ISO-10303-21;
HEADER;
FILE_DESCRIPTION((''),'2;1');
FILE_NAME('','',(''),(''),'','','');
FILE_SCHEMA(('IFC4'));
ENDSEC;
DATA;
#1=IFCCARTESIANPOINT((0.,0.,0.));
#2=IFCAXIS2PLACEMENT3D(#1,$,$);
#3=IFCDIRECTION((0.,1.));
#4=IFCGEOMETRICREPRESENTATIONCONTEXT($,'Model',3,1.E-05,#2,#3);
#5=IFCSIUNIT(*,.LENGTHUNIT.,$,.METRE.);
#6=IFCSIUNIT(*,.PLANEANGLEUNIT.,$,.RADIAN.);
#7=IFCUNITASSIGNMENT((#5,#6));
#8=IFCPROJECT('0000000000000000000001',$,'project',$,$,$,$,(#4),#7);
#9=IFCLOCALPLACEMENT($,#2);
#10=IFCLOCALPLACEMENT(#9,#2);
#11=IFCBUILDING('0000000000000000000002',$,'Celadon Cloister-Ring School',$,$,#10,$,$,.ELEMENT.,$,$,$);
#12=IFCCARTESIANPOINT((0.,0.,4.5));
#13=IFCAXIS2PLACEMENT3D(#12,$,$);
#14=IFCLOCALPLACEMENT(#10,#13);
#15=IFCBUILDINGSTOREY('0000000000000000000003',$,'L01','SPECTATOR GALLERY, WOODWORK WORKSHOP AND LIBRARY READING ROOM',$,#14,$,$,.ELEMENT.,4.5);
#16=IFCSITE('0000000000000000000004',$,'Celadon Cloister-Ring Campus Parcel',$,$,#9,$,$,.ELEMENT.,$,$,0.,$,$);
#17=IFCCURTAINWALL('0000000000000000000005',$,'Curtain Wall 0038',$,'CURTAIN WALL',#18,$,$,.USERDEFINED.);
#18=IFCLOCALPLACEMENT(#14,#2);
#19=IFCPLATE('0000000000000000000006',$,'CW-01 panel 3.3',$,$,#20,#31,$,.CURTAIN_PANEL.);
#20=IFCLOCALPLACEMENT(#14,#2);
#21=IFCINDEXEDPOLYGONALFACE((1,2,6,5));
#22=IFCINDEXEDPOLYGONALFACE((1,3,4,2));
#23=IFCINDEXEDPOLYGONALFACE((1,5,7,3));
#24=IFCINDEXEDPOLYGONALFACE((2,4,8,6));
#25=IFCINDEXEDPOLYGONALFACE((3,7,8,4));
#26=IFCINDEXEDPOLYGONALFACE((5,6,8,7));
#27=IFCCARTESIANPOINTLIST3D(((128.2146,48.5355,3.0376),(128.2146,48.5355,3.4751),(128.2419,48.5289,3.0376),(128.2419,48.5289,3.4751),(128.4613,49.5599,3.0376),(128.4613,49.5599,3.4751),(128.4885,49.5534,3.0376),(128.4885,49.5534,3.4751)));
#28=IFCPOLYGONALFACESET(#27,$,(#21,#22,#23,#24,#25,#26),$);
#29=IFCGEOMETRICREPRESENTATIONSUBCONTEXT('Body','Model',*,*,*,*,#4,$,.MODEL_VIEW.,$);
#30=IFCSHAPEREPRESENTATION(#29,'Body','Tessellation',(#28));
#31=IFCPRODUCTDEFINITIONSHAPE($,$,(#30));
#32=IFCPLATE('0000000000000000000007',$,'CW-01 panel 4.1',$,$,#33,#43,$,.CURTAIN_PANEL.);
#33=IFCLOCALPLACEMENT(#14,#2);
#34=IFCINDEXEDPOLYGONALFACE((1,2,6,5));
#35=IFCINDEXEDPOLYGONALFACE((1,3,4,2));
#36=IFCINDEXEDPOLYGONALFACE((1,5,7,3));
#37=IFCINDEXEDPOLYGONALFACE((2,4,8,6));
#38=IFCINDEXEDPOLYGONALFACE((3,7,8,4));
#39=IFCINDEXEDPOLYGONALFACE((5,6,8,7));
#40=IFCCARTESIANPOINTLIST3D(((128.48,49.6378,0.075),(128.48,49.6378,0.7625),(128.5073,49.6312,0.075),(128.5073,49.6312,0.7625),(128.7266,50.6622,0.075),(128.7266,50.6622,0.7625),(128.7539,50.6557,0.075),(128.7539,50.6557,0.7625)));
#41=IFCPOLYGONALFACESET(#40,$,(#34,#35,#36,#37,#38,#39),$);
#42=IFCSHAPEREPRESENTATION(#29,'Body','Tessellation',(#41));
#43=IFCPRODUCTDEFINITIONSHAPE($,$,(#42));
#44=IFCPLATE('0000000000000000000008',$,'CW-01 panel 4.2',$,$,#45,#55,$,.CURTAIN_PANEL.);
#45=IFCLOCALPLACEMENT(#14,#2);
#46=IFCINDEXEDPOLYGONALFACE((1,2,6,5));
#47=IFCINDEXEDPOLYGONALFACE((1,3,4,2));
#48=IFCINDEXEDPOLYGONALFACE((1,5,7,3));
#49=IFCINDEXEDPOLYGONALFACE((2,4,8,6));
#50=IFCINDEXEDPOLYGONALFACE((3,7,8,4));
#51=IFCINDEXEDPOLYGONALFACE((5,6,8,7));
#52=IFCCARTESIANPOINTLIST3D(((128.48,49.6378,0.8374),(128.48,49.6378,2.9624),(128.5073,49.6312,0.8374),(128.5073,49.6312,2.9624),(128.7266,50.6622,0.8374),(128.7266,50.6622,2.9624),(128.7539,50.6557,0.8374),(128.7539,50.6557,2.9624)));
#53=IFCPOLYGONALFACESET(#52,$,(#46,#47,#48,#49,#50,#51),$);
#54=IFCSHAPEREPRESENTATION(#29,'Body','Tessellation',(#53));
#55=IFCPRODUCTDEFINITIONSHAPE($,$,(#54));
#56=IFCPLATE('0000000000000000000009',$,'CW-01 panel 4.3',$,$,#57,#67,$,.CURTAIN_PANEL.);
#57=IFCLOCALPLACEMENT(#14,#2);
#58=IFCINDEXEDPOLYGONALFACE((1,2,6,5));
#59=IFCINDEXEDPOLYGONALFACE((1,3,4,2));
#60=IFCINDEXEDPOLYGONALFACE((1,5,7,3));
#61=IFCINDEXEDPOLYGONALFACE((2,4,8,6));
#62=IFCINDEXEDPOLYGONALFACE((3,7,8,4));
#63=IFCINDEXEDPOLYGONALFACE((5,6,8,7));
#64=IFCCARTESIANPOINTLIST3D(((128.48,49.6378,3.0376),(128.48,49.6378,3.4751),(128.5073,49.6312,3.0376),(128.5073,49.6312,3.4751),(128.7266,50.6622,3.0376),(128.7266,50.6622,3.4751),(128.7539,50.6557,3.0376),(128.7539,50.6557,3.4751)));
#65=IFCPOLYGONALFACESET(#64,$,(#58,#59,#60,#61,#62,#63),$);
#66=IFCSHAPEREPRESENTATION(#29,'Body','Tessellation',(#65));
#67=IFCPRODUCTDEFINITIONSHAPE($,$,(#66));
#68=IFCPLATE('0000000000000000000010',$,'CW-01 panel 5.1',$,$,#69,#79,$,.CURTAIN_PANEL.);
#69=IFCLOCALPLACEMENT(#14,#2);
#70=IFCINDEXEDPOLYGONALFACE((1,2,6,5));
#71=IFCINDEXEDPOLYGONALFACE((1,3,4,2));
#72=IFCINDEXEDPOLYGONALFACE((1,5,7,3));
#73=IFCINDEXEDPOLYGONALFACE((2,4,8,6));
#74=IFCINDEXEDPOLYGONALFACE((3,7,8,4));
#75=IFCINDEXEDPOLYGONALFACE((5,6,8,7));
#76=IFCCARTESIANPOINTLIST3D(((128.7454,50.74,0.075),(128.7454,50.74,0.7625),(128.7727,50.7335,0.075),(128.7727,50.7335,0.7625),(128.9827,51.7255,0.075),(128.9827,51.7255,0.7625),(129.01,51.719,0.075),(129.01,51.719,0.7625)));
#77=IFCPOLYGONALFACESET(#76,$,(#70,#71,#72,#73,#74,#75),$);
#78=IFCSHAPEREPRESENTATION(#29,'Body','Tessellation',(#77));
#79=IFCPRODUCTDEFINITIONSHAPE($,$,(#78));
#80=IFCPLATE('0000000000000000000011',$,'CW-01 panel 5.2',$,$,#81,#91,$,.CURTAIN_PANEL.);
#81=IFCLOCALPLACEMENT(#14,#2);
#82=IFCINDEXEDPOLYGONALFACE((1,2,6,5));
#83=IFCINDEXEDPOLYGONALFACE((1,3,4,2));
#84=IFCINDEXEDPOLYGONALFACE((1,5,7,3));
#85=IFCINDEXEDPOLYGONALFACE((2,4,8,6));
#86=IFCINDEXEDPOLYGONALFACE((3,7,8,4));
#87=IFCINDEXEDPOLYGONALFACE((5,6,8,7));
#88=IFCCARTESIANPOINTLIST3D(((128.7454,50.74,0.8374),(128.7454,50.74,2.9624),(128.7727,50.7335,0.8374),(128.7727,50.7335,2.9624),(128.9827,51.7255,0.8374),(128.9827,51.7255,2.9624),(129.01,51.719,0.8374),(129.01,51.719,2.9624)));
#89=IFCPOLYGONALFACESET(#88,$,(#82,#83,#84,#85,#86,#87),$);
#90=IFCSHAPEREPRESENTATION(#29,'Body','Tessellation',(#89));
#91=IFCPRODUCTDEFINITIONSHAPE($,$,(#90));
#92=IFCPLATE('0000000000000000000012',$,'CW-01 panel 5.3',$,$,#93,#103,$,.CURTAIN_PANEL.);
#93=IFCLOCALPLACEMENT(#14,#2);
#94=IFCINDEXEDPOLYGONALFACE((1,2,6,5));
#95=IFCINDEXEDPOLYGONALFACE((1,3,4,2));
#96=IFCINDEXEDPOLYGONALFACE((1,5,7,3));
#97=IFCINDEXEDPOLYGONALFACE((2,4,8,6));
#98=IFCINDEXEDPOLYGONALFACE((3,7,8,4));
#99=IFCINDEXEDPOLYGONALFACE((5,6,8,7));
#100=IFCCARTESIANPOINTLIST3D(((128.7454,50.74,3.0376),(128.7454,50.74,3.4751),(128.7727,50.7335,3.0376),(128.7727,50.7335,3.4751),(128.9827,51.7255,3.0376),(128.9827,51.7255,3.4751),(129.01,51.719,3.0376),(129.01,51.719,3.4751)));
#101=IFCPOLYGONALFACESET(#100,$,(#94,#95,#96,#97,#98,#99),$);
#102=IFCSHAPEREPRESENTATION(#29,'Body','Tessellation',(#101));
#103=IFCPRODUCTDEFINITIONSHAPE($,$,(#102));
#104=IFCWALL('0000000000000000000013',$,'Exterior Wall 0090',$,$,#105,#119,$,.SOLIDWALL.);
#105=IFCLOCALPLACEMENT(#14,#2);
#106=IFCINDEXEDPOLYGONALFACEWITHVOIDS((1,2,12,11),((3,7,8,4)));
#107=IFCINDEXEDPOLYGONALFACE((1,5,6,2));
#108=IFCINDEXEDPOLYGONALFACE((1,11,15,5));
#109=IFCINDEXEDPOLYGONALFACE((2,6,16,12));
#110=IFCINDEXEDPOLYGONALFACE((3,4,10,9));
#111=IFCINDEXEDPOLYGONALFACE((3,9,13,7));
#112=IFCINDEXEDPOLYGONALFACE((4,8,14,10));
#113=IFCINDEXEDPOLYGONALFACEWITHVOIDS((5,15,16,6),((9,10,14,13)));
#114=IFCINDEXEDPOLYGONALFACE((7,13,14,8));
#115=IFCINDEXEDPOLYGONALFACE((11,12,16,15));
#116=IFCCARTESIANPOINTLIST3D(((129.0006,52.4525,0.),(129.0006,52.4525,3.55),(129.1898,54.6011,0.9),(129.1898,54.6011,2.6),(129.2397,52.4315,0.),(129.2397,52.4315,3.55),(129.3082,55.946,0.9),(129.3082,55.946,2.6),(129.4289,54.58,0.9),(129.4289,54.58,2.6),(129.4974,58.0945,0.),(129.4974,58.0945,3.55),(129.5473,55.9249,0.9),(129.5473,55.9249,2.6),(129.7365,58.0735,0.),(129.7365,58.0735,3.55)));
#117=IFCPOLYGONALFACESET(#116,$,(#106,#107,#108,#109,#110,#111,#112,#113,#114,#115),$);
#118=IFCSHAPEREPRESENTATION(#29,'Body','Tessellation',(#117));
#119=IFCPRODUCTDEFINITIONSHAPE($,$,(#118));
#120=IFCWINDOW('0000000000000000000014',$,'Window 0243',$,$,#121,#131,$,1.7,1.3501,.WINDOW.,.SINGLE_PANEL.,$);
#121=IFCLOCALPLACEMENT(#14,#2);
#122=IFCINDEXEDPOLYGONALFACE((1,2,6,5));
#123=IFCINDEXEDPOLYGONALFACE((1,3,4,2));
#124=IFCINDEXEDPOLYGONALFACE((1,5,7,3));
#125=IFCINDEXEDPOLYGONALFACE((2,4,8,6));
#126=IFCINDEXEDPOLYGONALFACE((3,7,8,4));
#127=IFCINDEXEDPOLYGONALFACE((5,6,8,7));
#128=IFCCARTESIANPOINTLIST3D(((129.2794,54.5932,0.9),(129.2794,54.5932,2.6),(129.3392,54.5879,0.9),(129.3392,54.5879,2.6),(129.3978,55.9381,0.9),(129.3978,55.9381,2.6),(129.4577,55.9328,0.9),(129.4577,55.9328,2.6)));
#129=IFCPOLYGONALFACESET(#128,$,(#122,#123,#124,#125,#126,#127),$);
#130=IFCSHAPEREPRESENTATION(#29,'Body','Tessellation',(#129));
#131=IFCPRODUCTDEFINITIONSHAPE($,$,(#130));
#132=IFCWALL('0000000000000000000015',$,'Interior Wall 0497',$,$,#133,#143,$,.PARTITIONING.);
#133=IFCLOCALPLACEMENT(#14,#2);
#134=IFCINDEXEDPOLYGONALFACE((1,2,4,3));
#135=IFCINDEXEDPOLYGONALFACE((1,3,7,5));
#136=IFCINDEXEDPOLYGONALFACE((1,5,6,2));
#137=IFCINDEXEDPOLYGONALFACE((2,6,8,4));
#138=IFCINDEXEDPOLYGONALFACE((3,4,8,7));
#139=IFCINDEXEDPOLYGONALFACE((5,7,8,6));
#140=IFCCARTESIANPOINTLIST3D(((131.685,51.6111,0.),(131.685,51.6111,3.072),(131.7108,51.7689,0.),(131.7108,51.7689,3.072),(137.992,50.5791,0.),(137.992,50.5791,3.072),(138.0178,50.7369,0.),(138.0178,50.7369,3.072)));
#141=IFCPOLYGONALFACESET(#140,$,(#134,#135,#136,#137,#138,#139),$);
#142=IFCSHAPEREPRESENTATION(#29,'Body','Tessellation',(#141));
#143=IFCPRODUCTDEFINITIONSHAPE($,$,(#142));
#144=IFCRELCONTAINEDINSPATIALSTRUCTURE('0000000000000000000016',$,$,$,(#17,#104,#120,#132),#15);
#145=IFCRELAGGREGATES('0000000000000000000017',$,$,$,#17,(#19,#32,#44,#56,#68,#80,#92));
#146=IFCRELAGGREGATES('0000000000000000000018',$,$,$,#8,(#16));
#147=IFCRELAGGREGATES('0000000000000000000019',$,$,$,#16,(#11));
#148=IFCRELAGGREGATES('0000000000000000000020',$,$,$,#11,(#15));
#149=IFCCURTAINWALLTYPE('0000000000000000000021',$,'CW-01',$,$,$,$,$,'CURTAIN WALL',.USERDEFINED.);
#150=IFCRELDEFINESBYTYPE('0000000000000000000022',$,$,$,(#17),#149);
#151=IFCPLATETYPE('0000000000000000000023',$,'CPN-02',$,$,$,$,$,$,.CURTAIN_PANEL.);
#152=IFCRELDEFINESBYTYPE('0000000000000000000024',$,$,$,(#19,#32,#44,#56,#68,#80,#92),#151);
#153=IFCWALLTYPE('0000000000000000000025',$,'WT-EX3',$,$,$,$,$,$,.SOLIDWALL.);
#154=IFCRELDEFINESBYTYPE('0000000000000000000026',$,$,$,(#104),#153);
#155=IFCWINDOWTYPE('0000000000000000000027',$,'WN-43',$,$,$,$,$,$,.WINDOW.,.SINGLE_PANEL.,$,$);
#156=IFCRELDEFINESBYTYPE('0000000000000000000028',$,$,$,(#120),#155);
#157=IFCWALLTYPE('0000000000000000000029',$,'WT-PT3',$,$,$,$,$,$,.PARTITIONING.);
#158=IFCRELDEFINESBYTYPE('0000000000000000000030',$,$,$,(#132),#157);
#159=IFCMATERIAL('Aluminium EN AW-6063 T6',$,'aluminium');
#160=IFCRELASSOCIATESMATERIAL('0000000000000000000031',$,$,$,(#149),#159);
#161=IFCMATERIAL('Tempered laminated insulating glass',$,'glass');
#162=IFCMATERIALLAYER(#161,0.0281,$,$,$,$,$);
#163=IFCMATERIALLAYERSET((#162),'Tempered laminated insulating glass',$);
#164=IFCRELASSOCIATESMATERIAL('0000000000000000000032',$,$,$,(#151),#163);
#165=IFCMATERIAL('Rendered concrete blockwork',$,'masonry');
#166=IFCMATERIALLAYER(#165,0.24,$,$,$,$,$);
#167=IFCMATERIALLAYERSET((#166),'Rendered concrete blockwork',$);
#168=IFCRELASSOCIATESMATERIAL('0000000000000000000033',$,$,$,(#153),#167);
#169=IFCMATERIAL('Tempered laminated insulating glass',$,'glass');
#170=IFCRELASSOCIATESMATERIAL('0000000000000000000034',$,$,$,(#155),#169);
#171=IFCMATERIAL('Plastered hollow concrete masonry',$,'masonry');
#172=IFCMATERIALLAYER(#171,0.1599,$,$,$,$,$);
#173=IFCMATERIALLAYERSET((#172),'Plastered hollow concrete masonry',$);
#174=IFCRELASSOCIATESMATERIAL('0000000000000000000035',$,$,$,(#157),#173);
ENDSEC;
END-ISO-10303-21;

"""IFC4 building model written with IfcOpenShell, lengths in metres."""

from ifc_helpers import new_model, si_unit, direction, frame, frame_2d, origin, origin_2d, place, context, subcontext, project, spatial, rectangle, extrude, material, layer, layer_set, type_object, element, fill, aggregate, save


model = new_model("IFC4")

# Units and contexts
model_context = context("Model", 3, precision=1e-05, world=origin(), true_north=direction((0.0, 1.0)))
body_context = subcontext(model_context, "Body", "Model", "MODEL_VIEW")
ifc_project = project(units=[si_unit("LENGTHUNIT", "METRE"), si_unit("PLANEANGLEUNIT", "RADIAN")], contexts=[model_context])

# Site, building, storey
site_placement = place(None, origin())
site = spatial("IfcSite", under=ifc_project, at=site_placement, Name="Celadon Cloister-Ring Campus Parcel", CompositionType="ELEMENT", RefElevation=0.0)
building_placement = place(site_placement, origin())
building = spatial("IfcBuilding", under=site, at=building_placement, Name="Celadon Cloister-Ring School", CompositionType="ELEMENT")
storey_placement = place(building_placement, frame((0.0, 0.0, 4.5)))
storey = spatial("IfcBuildingStorey", under=building, at=storey_placement, Name="L01", Description="SPECTATOR GALLERY, WOODWORK WORKSHOP AND LIBRARY READING ROOM", CompositionType="ELEMENT", Elevation=4.5)

# Curtain wall
ifc_material_1 = material(Name="Aluminium EN AW-6063 T6", Category="aluminium")
curtain_wall_type = type_object("IfcCurtainWallType", Name="CW-01", ElementType="CURTAIN WALL", PredefinedType="USERDEFINED", material=ifc_material_1)
curtain_wall_placement = place(storey_placement, origin())
curtain_wall = element("IfcCurtainWall", 1, at=curtain_wall_placement, inside=storey, type_object=curtain_wall_type, Name="Curtain Wall 0038", ObjectType="CURTAIN WALL", PredefinedType="USERDEFINED")

# Plates
ifc_material_2 = material(Name="Tempered laminated insulating glass", Category="glass")
ifc_layer_1 = layer(ifc_material_2, 0.0281)
ifc_layer_set_1 = layer_set([ifc_layer_1], Name="Tempered laminated insulating glass")
plate_type = type_object("IfcPlateType", Name="CPN-02", PredefinedType="CURTAIN_PANEL", material=ifc_layer_set_1)
plate_1_placement = place(storey_placement, frame((128.3516, 49.0444, 3.0376), z_axis=(0.0, 0.0, 1.0), x_axis=(0.2341, 0.972212, 0.0)))
plate_1 = element("IfcPlate", 2, at=plate_1_placement, type_object=plate_type, Name="CW-01 panel 3.3", PredefinedType="CURTAIN_PANEL", context=body_context, shape_type="SweptSolid", body=[
    extrude(rectangle(XDim=1.0537, YDim=0.0281, at=origin_2d()), origin(), (0.0, 0.0, 1.0), 0.4375),
])
plate_2_placement = place(storey_placement, frame((128.6169, 50.1467, 0.075), z_axis=(0.0, 0.0, 1.0), x_axis=(0.2341, 0.972212, 0.0)))
plate_2 = element("IfcPlate", 3, at=plate_2_placement, type_object=plate_type, Name="CW-01 panel 4.1", PredefinedType="CURTAIN_PANEL", context=body_context, shape_type="SweptSolid", body=[
    extrude(rectangle(XDim=1.0537, YDim=0.0281, at=origin_2d()), origin(), (0.0, 0.0, 1.0), 0.6875),
])
plate_3_placement = place(storey_placement, frame((128.6169, 50.1467, 0.8374), z_axis=(0.0, 0.0, 1.0), x_axis=(0.2341, 0.972212, 0.0)))
plate_3 = element("IfcPlate", 4, at=plate_3_placement, type_object=plate_type, Name="CW-01 panel 4.2", PredefinedType="CURTAIN_PANEL", context=body_context, shape_type="SweptSolid", body=[
    extrude(rectangle(XDim=1.0537, YDim=0.0281, at=origin_2d()), origin(), (0.0, 0.0, 1.0), 2.125),
])
plate_4_placement = place(storey_placement, frame((128.6169, 50.1467, 3.0376), z_axis=(0.0, 0.0, 1.0), x_axis=(0.2341, 0.972212, 0.0)))
plate_4 = element("IfcPlate", 5, at=plate_4_placement, type_object=plate_type, Name="CW-01 panel 4.3", PredefinedType="CURTAIN_PANEL", context=body_context, shape_type="SweptSolid", body=[
    extrude(rectangle(XDim=1.0537, YDim=0.0281, at=origin_2d()), origin(), (0.0, 0.0, 1.0), 0.4375),
])
plate_5_placement = place(storey_placement, frame((128.8777, 51.2295, 0.075), z_axis=(0.0, 0.0, 1.0), x_axis=(0.2341, 0.972212, 0.0)))
plate_5 = element("IfcPlate", 6, at=plate_5_placement, type_object=plate_type, Name="CW-01 panel 5.1", PredefinedType="CURTAIN_PANEL", context=body_context, shape_type="SweptSolid", body=[
    extrude(rectangle(XDim=1.0137, YDim=0.0281, at=origin_2d()), origin(), (0.0, 0.0, 1.0), 0.6875),
])
plate_6_placement = place(storey_placement, frame((128.8777, 51.2295, 0.8374), z_axis=(0.0, 0.0, 1.0), x_axis=(0.2341, 0.972212, 0.0)))
plate_6 = element("IfcPlate", 7, at=plate_6_placement, type_object=plate_type, Name="CW-01 panel 5.2", PredefinedType="CURTAIN_PANEL", context=body_context, shape_type="SweptSolid", body=[
    extrude(rectangle(XDim=1.0137, YDim=0.0281, at=origin_2d()), origin(), (0.0, 0.0, 1.0), 2.125),
])
plate_7_placement = place(storey_placement, frame((128.8777, 51.2295, 3.0376), z_axis=(0.0, 0.0, 1.0), x_axis=(0.2341, 0.972212, 0.0)))
plate_7 = element("IfcPlate", 8, at=plate_7_placement, type_object=plate_type, Name="CW-01 panel 5.3", PredefinedType="CURTAIN_PANEL", context=body_context, shape_type="SweptSolid", body=[
    extrude(rectangle(XDim=1.0137, YDim=0.0281, at=origin_2d()), origin(), (0.0, 0.0, 1.0), 0.4375),
])
aggregate(curtain_wall, [plate_1, plate_2, plate_3, plate_4, plate_5, plate_6, plate_7])

# Wall, opening, window
ifc_material_3 = material(Name="Rendered concrete blockwork", Category="masonry")
ifc_layer_2 = layer(ifc_material_3, 0.24)
ifc_layer_set_2 = layer_set([ifc_layer_2], Name="Rendered concrete blockwork")
wall_type_1 = type_object("IfcWallType", Name="WT-EX3", PredefinedType="SOLIDWALL", material=ifc_layer_set_2)
wall_1_placement = place(storey_placement, frame((129.1201, 52.4419, 0.0), z_axis=(0.0, 0.0, 1.0), x_axis=(0.087718, 0.996145, 0.0)))
wall_1 = element("IfcWall", 9, at=wall_1_placement, inside=storey, type_object=wall_type_1, Name="Exterior Wall 0090", PredefinedType="SOLIDWALL", context=body_context, shape_type="SweptSolid", body=[
    extrude(rectangle(XDim=5.6638, YDim=0.24, at=frame_2d((2.832, 0.0))), origin(), (0.0, 0.0, 1.0), 3.55),
])
opening_placement = place(wall_1_placement, frame((2.157, 0.0, 0.8999)))
opening = element("IfcOpeningElement", 10, at=opening_placement, cuts=wall_1, PredefinedType="OPENING", context=body_context, shape_type="SweptSolid", body=[
    extrude(rectangle(XDim=1.3501, YDim=1.7, at=frame_2d((0.675, 0.8501))), frame((0.0, 0.1299, 0.0), z_axis=(0.0, -1.0, 0.0), x_axis=(1.0, 0.0, 0.0)), (0.0, 0.0, 1.0), 0.26),
])
ifc_material_4 = material(Name="Tempered laminated insulating glass", Category="glass")
window_type = type_object("IfcWindowType", Name="WN-43", PartitioningType="SINGLE_PANEL", PredefinedType="WINDOW", material=ifc_material_4)
window_placement = place(opening_placement, origin())
window = element("IfcWindow", 11, at=window_placement, inside=storey, type_object=window_type, Name="Window 0243", OverallHeight=1.7, OverallWidth=1.3501, PartitioningType="SINGLE_PANEL", PredefinedType="WINDOW", context=body_context, shape_type="SweptSolid", body=[
    extrude(rectangle(XDim=1.3501, YDim=1.7, at=frame_2d((0.675, 0.8501))), frame((0.0, 0.03, 0.0), z_axis=(0.0, -1.0, 0.0), x_axis=(1.0, 0.0, 0.0)), (0.0, 0.0, 1.0), 0.0601),
])
fill(opening, window)

# Wall
ifc_material_5 = material(Name="Plastered hollow concrete masonry", Category="masonry")
ifc_layer_3 = layer(ifc_material_5, 0.1599)
ifc_layer_set_3 = layer_set([ifc_layer_3], Name="Plastered hollow concrete masonry")
wall_type_2 = type_object("IfcWallType", Name="WT-PT3", PredefinedType="PARTITIONING", material=ifc_layer_set_3)
wall_2_placement = place(storey_placement, frame((131.698, 51.6899, 0.0), z_axis=(0.0, 0.0, 1.0), x_axis=(0.986876, -0.16148, 0.0)))
element("IfcWall", 12, at=wall_2_placement, inside=storey, type_object=wall_type_2, Name="Interior Wall 0497", PredefinedType="PARTITIONING", context=body_context, shape_type="SweptSolid", body=[
    extrude(rectangle(XDim=6.3909, YDim=0.1599, at=frame_2d((3.1953, 0.0))), origin(), (0.0, 0.0, 1.0), 3.072),
])

save(model, "model.ifc")
